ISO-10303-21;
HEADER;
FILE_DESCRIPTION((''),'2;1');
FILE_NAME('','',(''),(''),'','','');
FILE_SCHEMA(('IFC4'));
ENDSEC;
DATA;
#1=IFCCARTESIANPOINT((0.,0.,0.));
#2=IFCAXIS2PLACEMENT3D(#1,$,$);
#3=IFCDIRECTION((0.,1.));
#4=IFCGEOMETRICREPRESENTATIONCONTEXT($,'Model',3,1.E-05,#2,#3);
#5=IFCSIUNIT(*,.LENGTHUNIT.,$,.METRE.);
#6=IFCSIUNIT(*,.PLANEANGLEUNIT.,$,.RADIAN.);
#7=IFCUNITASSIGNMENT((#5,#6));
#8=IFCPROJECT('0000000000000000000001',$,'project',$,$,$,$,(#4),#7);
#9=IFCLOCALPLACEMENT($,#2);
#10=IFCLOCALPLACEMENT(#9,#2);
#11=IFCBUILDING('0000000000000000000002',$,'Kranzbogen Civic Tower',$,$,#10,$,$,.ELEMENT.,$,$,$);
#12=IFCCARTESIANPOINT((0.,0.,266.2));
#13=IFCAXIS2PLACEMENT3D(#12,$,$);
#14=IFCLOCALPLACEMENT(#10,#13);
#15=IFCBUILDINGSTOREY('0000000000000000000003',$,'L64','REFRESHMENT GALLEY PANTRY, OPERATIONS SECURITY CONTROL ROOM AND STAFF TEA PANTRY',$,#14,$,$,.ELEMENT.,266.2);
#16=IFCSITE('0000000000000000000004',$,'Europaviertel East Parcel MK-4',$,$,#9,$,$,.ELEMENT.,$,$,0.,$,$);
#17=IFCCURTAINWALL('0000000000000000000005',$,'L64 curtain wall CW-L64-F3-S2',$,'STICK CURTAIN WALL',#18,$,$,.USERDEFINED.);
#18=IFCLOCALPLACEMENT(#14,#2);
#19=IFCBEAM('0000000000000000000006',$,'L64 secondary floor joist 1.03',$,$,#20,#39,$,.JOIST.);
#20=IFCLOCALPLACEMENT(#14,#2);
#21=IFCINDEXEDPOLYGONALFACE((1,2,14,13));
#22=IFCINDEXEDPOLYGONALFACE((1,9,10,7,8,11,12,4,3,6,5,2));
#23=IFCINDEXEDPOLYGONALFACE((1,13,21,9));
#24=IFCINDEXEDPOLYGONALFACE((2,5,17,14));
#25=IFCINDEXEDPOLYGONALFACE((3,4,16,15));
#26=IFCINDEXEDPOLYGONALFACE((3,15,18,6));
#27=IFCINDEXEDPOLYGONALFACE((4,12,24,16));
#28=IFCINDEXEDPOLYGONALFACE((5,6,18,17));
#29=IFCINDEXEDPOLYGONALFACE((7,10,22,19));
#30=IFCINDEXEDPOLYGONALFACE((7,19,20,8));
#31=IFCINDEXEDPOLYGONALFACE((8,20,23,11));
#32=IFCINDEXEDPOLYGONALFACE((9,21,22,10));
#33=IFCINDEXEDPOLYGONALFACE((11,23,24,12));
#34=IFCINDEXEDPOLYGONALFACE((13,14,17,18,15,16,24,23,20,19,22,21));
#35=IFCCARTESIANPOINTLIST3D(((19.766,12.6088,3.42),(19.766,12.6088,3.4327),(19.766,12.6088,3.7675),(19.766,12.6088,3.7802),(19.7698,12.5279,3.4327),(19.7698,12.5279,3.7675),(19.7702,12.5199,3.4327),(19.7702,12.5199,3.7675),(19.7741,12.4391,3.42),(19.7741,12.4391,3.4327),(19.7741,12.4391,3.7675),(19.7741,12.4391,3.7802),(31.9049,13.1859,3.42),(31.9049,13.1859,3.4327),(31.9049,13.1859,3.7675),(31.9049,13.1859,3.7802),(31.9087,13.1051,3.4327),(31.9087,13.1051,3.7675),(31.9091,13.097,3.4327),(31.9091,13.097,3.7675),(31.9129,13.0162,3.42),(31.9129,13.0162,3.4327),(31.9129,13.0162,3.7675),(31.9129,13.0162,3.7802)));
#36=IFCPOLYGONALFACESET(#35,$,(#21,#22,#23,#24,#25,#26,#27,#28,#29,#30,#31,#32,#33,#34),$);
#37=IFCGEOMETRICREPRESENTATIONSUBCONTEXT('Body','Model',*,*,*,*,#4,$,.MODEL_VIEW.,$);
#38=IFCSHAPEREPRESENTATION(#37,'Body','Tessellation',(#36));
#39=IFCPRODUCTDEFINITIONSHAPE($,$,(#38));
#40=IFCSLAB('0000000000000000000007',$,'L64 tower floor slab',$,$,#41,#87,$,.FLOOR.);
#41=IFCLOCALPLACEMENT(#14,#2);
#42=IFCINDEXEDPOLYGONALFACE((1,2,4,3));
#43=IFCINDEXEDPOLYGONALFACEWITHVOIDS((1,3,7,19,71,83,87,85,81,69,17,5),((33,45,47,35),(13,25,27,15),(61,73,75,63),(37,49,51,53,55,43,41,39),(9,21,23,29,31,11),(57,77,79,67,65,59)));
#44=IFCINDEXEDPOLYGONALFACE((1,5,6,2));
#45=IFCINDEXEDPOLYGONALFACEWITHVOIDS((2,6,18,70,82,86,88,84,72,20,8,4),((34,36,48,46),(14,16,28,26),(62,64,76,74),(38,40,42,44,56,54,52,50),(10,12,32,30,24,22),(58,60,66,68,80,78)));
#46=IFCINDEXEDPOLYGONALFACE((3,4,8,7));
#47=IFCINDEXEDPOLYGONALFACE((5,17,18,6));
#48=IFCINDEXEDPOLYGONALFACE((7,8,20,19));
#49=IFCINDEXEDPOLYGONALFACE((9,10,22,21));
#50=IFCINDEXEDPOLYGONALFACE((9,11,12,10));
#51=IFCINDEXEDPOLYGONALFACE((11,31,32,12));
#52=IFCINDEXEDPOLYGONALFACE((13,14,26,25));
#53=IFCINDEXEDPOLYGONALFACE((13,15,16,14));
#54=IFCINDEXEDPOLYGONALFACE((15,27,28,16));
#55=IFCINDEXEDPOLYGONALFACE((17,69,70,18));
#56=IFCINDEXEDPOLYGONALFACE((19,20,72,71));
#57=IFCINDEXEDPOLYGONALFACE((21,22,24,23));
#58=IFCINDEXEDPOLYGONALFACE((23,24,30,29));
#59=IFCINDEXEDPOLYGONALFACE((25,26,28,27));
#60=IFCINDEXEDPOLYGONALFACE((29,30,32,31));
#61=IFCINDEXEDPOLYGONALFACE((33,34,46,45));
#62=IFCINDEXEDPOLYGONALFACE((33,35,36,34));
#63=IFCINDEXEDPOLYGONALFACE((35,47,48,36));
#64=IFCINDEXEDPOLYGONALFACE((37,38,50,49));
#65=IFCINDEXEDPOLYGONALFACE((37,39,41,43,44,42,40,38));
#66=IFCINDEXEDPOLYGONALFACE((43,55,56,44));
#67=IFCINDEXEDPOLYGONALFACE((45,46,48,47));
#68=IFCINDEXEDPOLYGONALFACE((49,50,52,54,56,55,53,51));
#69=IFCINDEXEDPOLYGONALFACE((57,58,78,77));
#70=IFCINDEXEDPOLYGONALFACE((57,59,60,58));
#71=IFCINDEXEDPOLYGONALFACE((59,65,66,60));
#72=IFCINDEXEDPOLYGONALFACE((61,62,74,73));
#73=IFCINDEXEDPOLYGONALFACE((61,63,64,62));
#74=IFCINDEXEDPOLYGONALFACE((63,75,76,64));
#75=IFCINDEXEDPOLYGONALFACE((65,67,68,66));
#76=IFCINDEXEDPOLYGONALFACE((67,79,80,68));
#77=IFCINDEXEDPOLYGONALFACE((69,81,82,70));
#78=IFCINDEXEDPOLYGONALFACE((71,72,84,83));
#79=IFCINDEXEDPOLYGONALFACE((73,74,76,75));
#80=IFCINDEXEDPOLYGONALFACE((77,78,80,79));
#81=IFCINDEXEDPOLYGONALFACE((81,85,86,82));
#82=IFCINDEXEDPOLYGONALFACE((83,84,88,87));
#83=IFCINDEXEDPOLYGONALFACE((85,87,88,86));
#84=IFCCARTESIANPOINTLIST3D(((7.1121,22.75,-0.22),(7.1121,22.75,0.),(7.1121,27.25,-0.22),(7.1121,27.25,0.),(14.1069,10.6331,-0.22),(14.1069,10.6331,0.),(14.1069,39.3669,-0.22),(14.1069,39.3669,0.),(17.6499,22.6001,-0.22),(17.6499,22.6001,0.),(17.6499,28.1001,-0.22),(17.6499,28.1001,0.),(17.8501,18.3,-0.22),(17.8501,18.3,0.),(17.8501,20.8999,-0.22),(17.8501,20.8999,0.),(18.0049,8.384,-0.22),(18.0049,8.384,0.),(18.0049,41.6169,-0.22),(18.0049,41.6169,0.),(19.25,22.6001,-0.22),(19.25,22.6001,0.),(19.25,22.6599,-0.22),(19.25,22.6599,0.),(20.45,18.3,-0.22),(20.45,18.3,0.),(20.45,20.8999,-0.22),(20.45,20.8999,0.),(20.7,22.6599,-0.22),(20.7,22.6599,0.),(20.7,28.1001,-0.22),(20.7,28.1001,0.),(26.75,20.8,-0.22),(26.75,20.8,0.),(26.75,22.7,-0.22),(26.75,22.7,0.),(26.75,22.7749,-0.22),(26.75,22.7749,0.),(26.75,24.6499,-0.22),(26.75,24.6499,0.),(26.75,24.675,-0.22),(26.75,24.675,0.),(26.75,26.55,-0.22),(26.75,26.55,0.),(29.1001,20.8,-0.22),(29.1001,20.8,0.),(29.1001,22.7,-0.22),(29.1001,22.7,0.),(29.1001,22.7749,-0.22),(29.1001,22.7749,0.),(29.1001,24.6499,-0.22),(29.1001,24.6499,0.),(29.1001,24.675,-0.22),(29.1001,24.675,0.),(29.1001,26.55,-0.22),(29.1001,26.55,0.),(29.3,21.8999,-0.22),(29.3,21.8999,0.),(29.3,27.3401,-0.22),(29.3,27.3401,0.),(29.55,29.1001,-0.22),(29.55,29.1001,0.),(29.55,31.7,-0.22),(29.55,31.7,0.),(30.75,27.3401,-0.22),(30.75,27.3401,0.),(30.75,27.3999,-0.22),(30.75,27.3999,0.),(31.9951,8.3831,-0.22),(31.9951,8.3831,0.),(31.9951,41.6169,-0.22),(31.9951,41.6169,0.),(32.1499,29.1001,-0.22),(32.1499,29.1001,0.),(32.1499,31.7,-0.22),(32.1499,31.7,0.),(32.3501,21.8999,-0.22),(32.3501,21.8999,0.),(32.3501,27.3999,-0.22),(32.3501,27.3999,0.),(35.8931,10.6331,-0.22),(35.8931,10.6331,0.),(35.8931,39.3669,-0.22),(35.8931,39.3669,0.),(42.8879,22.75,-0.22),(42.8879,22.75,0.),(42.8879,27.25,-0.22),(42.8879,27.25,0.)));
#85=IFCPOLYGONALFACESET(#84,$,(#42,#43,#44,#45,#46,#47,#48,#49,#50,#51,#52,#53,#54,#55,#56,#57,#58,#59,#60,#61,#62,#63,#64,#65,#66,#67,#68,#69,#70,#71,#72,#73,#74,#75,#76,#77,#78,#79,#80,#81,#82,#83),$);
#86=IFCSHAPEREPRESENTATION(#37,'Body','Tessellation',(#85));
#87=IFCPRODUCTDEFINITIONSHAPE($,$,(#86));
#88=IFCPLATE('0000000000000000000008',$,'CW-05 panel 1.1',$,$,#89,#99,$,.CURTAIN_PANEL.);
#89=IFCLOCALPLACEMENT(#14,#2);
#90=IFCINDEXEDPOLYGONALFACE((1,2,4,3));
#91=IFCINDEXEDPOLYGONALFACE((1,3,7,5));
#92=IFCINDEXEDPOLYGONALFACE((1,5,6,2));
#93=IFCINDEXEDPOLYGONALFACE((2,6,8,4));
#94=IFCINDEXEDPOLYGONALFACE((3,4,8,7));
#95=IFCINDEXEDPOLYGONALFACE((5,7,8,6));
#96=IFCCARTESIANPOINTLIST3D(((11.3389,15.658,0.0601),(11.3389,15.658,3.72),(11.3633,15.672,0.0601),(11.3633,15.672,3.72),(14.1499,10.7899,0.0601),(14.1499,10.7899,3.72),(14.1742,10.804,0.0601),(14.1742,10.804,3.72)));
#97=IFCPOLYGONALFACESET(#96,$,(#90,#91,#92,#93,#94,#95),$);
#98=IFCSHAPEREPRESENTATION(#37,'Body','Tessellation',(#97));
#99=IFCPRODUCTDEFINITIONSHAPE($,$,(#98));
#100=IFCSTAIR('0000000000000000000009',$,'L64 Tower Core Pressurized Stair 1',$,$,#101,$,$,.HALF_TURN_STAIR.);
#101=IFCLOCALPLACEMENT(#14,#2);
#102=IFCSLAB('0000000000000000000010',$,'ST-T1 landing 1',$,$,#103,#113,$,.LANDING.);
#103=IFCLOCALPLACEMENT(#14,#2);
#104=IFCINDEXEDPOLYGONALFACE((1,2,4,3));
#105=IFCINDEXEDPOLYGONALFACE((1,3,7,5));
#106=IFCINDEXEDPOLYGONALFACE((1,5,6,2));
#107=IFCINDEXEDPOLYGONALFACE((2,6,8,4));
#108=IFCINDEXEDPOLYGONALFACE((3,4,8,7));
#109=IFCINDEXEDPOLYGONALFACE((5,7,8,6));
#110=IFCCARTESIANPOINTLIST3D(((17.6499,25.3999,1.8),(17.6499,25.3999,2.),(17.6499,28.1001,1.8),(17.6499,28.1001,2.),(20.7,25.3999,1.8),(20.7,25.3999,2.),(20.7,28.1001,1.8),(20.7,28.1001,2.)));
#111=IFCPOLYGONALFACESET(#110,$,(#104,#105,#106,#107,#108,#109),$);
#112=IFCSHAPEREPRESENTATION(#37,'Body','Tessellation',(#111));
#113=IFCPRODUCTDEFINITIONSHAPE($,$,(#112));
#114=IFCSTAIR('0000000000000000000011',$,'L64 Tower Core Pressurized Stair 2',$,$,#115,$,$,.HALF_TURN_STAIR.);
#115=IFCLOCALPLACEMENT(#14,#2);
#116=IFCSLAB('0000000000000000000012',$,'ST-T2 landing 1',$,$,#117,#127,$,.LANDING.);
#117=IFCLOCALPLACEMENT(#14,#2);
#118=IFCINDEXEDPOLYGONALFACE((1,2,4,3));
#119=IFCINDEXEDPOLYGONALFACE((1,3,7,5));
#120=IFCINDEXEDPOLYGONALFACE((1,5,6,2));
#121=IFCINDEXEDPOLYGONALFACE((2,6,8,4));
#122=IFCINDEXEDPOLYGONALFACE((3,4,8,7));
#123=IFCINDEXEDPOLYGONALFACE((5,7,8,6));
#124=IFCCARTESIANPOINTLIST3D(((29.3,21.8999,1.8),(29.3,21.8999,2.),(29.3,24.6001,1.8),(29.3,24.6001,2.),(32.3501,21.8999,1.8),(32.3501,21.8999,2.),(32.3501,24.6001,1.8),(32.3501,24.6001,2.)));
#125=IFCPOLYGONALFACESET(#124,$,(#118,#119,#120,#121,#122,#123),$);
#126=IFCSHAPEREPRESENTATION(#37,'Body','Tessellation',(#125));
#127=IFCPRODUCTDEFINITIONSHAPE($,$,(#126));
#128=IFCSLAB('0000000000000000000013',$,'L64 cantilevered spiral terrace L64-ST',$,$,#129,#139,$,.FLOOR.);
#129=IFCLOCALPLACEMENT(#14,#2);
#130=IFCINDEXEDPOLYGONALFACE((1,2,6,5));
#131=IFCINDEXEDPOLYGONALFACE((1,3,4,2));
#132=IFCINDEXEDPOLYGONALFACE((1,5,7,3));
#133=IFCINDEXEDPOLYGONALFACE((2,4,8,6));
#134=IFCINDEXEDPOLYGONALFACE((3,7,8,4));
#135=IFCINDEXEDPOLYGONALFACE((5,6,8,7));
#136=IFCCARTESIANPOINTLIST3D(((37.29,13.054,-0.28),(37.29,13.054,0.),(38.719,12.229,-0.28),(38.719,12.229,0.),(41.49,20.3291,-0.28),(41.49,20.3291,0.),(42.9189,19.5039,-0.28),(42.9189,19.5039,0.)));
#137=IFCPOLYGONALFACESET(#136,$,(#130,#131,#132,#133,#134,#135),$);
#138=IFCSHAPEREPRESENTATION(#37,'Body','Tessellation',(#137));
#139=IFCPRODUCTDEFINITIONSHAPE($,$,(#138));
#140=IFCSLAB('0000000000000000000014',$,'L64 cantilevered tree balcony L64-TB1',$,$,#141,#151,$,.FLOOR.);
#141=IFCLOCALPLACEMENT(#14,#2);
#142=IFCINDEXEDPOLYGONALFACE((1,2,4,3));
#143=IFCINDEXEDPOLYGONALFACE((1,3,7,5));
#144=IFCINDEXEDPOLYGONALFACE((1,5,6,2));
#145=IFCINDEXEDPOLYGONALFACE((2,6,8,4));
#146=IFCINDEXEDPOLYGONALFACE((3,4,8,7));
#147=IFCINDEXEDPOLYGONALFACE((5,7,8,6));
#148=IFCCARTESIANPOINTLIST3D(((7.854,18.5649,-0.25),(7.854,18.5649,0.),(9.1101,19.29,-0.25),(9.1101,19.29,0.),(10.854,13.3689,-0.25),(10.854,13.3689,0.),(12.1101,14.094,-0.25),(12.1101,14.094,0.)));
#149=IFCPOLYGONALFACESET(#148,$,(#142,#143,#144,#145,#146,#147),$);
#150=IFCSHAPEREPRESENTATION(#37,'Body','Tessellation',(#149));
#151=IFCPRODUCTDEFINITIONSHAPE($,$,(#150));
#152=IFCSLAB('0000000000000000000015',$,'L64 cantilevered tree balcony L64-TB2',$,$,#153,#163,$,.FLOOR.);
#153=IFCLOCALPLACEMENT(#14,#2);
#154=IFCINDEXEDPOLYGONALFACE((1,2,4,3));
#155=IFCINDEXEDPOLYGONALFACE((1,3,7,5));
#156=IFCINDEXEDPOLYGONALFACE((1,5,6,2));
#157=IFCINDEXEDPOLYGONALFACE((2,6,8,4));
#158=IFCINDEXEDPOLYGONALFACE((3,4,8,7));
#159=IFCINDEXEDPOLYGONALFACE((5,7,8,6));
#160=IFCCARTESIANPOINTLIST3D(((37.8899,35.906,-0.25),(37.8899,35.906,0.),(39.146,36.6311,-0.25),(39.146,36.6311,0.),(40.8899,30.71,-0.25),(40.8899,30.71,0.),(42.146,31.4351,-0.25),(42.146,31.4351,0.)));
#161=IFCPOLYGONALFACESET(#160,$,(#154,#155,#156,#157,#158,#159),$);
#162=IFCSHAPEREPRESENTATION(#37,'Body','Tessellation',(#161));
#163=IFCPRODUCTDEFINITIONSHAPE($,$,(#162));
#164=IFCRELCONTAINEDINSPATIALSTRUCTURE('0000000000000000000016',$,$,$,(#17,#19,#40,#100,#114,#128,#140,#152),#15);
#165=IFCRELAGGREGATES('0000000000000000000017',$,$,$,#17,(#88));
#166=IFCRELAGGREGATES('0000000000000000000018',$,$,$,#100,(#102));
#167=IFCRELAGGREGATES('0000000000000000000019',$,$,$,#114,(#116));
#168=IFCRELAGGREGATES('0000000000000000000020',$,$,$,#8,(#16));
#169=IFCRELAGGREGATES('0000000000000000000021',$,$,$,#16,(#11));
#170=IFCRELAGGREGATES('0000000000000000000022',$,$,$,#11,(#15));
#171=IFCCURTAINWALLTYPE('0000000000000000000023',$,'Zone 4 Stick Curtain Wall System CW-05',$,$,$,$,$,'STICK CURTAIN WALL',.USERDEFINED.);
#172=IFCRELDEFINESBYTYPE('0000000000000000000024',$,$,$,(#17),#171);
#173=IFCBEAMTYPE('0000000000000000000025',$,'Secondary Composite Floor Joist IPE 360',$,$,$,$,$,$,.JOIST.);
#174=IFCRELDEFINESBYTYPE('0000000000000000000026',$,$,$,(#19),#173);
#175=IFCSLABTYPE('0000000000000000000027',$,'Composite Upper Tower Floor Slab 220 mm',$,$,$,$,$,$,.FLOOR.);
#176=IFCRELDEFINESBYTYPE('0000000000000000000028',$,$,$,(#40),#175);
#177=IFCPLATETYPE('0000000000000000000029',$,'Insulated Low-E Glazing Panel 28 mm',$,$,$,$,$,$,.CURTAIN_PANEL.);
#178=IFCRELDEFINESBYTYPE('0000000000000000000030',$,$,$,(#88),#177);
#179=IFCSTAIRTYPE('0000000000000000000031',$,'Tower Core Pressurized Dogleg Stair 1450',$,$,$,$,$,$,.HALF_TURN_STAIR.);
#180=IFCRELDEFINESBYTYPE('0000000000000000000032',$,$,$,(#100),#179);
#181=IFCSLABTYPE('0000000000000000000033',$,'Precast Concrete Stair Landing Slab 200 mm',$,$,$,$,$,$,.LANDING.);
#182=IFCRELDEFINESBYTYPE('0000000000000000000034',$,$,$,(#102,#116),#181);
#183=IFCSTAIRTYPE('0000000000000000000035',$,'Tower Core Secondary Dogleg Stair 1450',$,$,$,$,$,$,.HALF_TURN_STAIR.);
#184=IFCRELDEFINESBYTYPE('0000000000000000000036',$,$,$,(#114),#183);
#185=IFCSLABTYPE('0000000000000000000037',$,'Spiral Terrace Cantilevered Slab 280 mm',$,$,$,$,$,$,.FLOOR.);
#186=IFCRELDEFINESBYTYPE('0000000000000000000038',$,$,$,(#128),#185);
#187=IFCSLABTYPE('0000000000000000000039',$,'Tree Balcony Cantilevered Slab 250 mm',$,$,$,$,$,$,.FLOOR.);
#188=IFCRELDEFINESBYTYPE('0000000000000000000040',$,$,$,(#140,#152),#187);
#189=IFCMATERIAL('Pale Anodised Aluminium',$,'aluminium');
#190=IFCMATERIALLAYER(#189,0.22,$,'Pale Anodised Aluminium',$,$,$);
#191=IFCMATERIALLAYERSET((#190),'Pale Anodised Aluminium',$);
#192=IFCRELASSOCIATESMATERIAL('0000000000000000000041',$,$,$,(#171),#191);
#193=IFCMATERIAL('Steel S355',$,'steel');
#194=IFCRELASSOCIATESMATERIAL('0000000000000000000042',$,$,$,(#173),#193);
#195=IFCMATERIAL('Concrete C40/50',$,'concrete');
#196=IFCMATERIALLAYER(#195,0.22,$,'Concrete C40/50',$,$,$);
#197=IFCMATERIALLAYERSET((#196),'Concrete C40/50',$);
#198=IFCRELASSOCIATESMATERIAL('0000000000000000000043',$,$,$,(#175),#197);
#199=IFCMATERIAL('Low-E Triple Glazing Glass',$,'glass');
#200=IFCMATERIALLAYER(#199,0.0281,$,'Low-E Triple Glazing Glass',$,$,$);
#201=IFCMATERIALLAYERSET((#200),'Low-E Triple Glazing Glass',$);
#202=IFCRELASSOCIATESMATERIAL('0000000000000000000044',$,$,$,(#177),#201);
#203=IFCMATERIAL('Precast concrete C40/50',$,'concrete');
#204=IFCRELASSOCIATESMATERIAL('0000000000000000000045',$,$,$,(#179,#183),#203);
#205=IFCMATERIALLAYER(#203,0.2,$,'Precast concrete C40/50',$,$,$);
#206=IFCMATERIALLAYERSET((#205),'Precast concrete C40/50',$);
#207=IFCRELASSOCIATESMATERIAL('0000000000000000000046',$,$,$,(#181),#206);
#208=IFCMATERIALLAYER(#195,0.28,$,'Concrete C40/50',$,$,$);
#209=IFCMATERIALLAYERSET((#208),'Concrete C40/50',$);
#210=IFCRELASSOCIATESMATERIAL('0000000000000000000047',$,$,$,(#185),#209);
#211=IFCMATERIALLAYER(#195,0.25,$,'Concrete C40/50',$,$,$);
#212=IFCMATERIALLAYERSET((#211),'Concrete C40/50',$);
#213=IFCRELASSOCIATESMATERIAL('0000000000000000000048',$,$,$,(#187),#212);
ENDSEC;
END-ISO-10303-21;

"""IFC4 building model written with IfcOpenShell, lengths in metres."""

from ifc_helpers import new_model, si_unit, direction, frame, origin, origin_2d, place, context, subcontext, project, spatial, polyline, rectangle, i_section, outline, extrude, material, layer, layer_set, material_profile, profile_set, type_object, element, aggregate, save


model = new_model("IFC4")

# Units and contexts
model_context = context("Model", 3, precision=1e-05, world=origin(), true_north=direction((0.0, 1.0)))
body_context = subcontext(model_context, "Body", "Model", "MODEL_VIEW")
ifc_project = project(units=[si_unit("LENGTHUNIT", "METRE"), si_unit("PLANEANGLEUNIT", "RADIAN")], contexts=[model_context])

# Site, building, storey
site_placement = place(None, origin())
site = spatial("IfcSite", under=ifc_project, at=site_placement, Name="Europaviertel East Parcel MK-4", CompositionType="ELEMENT", RefElevation=0.0)
building_placement = place(site_placement, origin())
building = spatial("IfcBuilding", under=site, at=building_placement, Name="Kranzbogen Civic Tower", CompositionType="ELEMENT")
storey_placement = place(building_placement, frame((0.0, 0.0, 266.2)))
storey = spatial("IfcBuildingStorey", under=building, at=storey_placement, Name="L64", Description="REFRESHMENT GALLEY PANTRY, OPERATIONS SECURITY CONTROL ROOM AND STAFF TEA PANTRY", CompositionType="ELEMENT", Elevation=266.2)

# Shared definitions
ifc_material_1 = material(Name="Steel S355", Category="steel")

# Curtain wall
ifc_material_2 = material(Name="Pale Anodised Aluminium", Category="aluminium")
ifc_layer_1 = layer(ifc_material_2, 0.22, Name="Pale Anodised Aluminium")
ifc_layer_set_1 = layer_set([ifc_layer_1], Name="Pale Anodised Aluminium")
curtain_wall_type = type_object("IfcCurtainWallType", Name="Zone 4 Stick Curtain Wall System CW-05", ElementType="STICK CURTAIN WALL", PredefinedType="USERDEFINED", material=ifc_layer_set_1)
curtain_wall_1_placement = place(storey_placement, origin())
curtain_wall_1 = element("IfcCurtainWall", 1, at=curtain_wall_1_placement, inside=storey, type_object=curtain_wall_type, Name="L64 curtain wall CW-L64-F3-S2", ObjectType="STICK CURTAIN WALL", PredefinedType="USERDEFINED")

# Beam
ifc_material_profile_1 = material_profile(ifc_material_1, i_section(OverallWidth=0.1699, OverallDepth=0.3601, WebThickness=0.0081, FlangeThickness=0.0127, at=origin_2d()), Name="IPE 360")
ifc_profile_set_1 = profile_set([ifc_material_profile_1], Name="Steel S355")
beam_type_1 = type_object("IfcBeamType", Name="Secondary Composite Floor Joist IPE 360", PredefinedType="JOIST", material=ifc_profile_set_1)
beam_1_placement = place(storey_placement, frame((19.77, 12.5239, 3.6001), z_axis=(0.998872, 0.047492, 0.0), x_axis=(-0.047492, 0.998872, 0.0)))
element("IfcBeam", 2, at=beam_1_placement, inside=storey, type_object=beam_type_1, Name="L64 secondary floor joist 1.03", PredefinedType="JOIST", context=body_context, shape_type="SweptSolid", body=[
    extrude(i_section(OverallWidth=0.1699, OverallDepth=0.3601, WebThickness=0.0081, FlangeThickness=0.0127, at=origin_2d()), origin(), (0.0, 0.0, 1.0), 12.1526),
])

# Slab
ifc_material_3 = material(Name="Concrete C40/50", Category="concrete")
ifc_layer_2 = layer(ifc_material_3, 0.22, Name="Concrete C40/50")
ifc_layer_set_2 = layer_set([ifc_layer_2], Name="Concrete C40/50")
slab_type_1 = type_object("IfcSlabType", Name="Composite Upper Tower Floor Slab 220 mm", PredefinedType="FLOOR", material=ifc_layer_set_2)
slab_1_placement = place(storey_placement, frame((0.0, 0.0, -0.22)))
element("IfcSlab", 3, at=slab_1_placement, inside=storey, type_object=slab_type_1, Name="L64 tower floor slab", PredefinedType="FLOOR", context=body_context, shape_type="SweptSolid", body=[
    extrude(outline(polyline([(31.9951, 41.6169), (18.0049, 41.6169), (14.1069, 39.3669), (7.1121, 27.25), (7.1121, 22.75), (14.1069, 10.6331), (18.0049, 8.384), (31.9951, 8.3831), (35.8931, 10.6331), (42.8879, 22.75), (42.8879, 27.25), (35.8931, 39.3669), (31.9951, 41.6169)]), holes=[polyline([(17.8501, 20.8999), (20.45, 20.8999), (20.45, 18.3), (17.8501, 18.3), (17.8501, 20.8999)]), polyline([(29.1001, 22.7), (29.1001, 20.8), (26.75, 20.8), (26.75, 22.7), (29.1001, 22.7)]), polyline([(29.1001, 24.6499), (29.1001, 22.7749), (26.75, 22.7749), (26.75, 24.6499), (26.75, 24.675), (26.75, 26.55), (29.1001, 26.55), (29.1001, 24.675), (29.1001, 24.6499)]), polyline([(29.3, 27.3401), (30.75, 27.3401), (30.75, 27.3999), (32.3501, 27.3999), (32.3501, 21.8999), (29.3, 21.8999), (29.3, 27.3401)]), polyline([(20.7, 22.6599), (19.25, 22.6599), (19.25, 22.6001), (17.6499, 22.6001), (17.6499, 28.1001), (20.7, 28.1001), (20.7, 22.6599)]), polyline([(32.1499, 31.7), (32.1499, 29.1001), (29.55, 29.1001), (29.55, 31.7), (32.1499, 31.7)])]), origin(), (0.0, 0.0, 1.0), 0.22),
])

# Plate
ifc_material_4 = material(Name="Low-E Triple Glazing Glass", Category="glass")
ifc_layer_3 = layer(ifc_material_4, 0.0281, Name="Low-E Triple Glazing Glass")
ifc_layer_set_3 = layer_set([ifc_layer_3], Name="Low-E Triple Glazing Glass")
plate_type = type_object("IfcPlateType", Name="Insulated Low-E Glazing Panel 28 mm", PredefinedType="CURTAIN_PANEL", material=ifc_layer_set_3)
plate_placement = place(storey_placement, frame((12.7566, 13.231, 0.0601), z_axis=(0.0, 0.0, 1.0), x_axis=(0.500054, -0.865994, 0.0)))
plate = element("IfcPlate", 4, at=plate_placement, type_object=plate_type, Name="CW-05 panel 1.1", PredefinedType="CURTAIN_PANEL", context=body_context, shape_type="SweptSolid", body=[
    extrude(rectangle(XDim=5.6213, YDim=0.0281, at=origin_2d()), origin(), (0.0, 0.0, 1.0), 3.6599),
])
aggregate(curtain_wall_1, [plate])

# Stairs, slabs
ifc_material_5 = material(Name="Precast concrete C40/50", Category="concrete")
stair_type_1 = type_object("IfcStairType", Name="Tower Core Pressurized Dogleg Stair 1450", PredefinedType="HALF_TURN_STAIR", material=ifc_material_5)
stair_1_placement = place(storey_placement, origin())
stair_1 = element("IfcStair", 5, at=stair_1_placement, inside=storey, type_object=stair_type_1, Name="L64 Tower Core Pressurized Stair 1", PredefinedType="HALF_TURN_STAIR")
ifc_layer_4 = layer(ifc_material_5, 0.2, Name="Precast concrete C40/50")
ifc_layer_set_4 = layer_set([ifc_layer_4], Name="Precast concrete C40/50")
slab_type_2 = type_object("IfcSlabType", Name="Precast Concrete Stair Landing Slab 200 mm", PredefinedType="LANDING", material=ifc_layer_set_4)
slab_2_placement = place(storey_placement, frame((0.0, 0.0, 1.8)))
slab_2 = element("IfcSlab", 6, at=slab_2_placement, type_object=slab_type_2, Name="ST-T1 landing 1", PredefinedType="LANDING", context=body_context, shape_type="SweptSolid", body=[
    extrude(outline(polyline([(20.7, 25.3999), (20.7, 28.1001), (17.6499, 28.1001), (17.6499, 25.3999), (20.7, 25.3999)])), origin(), (0.0, 0.0, 1.0), 0.2),
])
aggregate(stair_1, [slab_2])
stair_type_2 = type_object("IfcStairType", Name="Tower Core Secondary Dogleg Stair 1450", PredefinedType="HALF_TURN_STAIR", material=ifc_material_5)
stair_2_placement = place(storey_placement, origin())
stair_2 = element("IfcStair", 7, at=stair_2_placement, inside=storey, type_object=stair_type_2, Name="L64 Tower Core Pressurized Stair 2", PredefinedType="HALF_TURN_STAIR")
slab_3_placement = place(storey_placement, frame((0.0, 0.0, 1.8)))
slab_3 = element("IfcSlab", 8, at=slab_3_placement, type_object=slab_type_2, Name="ST-T2 landing 1", PredefinedType="LANDING", context=body_context, shape_type="SweptSolid", body=[
    extrude(outline(polyline([(29.3, 24.6001), (29.3, 21.8999), (32.3501, 21.8999), (32.3501, 24.6001), (29.3, 24.6001)])), origin(), (0.0, 0.0, 1.0), 0.2),
])
aggregate(stair_2, [slab_3])

# Slabs
ifc_layer_5 = layer(ifc_material_3, 0.28, Name="Concrete C40/50")
ifc_layer_set_5 = layer_set([ifc_layer_5], Name="Concrete C40/50")
slab_type_3 = type_object("IfcSlabType", Name="Spiral Terrace Cantilevered Slab 280 mm", PredefinedType="FLOOR", material=ifc_layer_set_5)
slab_4_placement = place(storey_placement, frame((0.0, 0.0, -0.28)))
element("IfcSlab", 9, at=slab_4_placement, inside=storey, type_object=slab_type_3, Name="L64 cantilevered spiral terrace L64-ST", PredefinedType="FLOOR", context=body_context, shape_type="SweptSolid", body=[
    extrude(outline(polyline([(37.29, 13.054), (41.49, 20.3291), (42.9189, 19.5039), (38.719, 12.229), (37.29, 13.054)])), origin(), (0.0, 0.0, 1.0), 0.28),
])
ifc_layer_6 = layer(ifc_material_3, 0.25, Name="Concrete C40/50")
ifc_layer_set_6 = layer_set([ifc_layer_6], Name="Concrete C40/50")
slab_type_4 = type_object("IfcSlabType", Name="Tree Balcony Cantilevered Slab 250 mm", PredefinedType="FLOOR", material=ifc_layer_set_6)
slab_5_placement = place(storey_placement, frame((0.0, 0.0, -0.25)))
element("IfcSlab", 10, at=slab_5_placement, inside=storey, type_object=slab_type_4, Name="L64 cantilevered tree balcony L64-TB1", PredefinedType="FLOOR", context=body_context, shape_type="SweptSolid", body=[
    extrude(outline(polyline([(9.1101, 19.29), (12.1101, 14.094), (10.854, 13.3689), (7.854, 18.5649), (9.1101, 19.29)])), origin(), (0.0, 0.0, 1.0), 0.25),
])
slab_6_placement = place(storey_placement, frame((0.0, 0.0, -0.25)))
element("IfcSlab", 11, at=slab_6_placement, inside=storey, type_object=slab_type_4, Name="L64 cantilevered tree balcony L64-TB2", PredefinedType="FLOOR", context=body_context, shape_type="SweptSolid", body=[
    extrude(outline(polyline([(40.8899, 30.71), (37.8899, 35.906), (39.146, 36.6311), (42.146, 31.4351), (40.8899, 30.71)])), origin(), (0.0, 0.0, 1.0), 0.25),
])

save(model, "model.ifc")
